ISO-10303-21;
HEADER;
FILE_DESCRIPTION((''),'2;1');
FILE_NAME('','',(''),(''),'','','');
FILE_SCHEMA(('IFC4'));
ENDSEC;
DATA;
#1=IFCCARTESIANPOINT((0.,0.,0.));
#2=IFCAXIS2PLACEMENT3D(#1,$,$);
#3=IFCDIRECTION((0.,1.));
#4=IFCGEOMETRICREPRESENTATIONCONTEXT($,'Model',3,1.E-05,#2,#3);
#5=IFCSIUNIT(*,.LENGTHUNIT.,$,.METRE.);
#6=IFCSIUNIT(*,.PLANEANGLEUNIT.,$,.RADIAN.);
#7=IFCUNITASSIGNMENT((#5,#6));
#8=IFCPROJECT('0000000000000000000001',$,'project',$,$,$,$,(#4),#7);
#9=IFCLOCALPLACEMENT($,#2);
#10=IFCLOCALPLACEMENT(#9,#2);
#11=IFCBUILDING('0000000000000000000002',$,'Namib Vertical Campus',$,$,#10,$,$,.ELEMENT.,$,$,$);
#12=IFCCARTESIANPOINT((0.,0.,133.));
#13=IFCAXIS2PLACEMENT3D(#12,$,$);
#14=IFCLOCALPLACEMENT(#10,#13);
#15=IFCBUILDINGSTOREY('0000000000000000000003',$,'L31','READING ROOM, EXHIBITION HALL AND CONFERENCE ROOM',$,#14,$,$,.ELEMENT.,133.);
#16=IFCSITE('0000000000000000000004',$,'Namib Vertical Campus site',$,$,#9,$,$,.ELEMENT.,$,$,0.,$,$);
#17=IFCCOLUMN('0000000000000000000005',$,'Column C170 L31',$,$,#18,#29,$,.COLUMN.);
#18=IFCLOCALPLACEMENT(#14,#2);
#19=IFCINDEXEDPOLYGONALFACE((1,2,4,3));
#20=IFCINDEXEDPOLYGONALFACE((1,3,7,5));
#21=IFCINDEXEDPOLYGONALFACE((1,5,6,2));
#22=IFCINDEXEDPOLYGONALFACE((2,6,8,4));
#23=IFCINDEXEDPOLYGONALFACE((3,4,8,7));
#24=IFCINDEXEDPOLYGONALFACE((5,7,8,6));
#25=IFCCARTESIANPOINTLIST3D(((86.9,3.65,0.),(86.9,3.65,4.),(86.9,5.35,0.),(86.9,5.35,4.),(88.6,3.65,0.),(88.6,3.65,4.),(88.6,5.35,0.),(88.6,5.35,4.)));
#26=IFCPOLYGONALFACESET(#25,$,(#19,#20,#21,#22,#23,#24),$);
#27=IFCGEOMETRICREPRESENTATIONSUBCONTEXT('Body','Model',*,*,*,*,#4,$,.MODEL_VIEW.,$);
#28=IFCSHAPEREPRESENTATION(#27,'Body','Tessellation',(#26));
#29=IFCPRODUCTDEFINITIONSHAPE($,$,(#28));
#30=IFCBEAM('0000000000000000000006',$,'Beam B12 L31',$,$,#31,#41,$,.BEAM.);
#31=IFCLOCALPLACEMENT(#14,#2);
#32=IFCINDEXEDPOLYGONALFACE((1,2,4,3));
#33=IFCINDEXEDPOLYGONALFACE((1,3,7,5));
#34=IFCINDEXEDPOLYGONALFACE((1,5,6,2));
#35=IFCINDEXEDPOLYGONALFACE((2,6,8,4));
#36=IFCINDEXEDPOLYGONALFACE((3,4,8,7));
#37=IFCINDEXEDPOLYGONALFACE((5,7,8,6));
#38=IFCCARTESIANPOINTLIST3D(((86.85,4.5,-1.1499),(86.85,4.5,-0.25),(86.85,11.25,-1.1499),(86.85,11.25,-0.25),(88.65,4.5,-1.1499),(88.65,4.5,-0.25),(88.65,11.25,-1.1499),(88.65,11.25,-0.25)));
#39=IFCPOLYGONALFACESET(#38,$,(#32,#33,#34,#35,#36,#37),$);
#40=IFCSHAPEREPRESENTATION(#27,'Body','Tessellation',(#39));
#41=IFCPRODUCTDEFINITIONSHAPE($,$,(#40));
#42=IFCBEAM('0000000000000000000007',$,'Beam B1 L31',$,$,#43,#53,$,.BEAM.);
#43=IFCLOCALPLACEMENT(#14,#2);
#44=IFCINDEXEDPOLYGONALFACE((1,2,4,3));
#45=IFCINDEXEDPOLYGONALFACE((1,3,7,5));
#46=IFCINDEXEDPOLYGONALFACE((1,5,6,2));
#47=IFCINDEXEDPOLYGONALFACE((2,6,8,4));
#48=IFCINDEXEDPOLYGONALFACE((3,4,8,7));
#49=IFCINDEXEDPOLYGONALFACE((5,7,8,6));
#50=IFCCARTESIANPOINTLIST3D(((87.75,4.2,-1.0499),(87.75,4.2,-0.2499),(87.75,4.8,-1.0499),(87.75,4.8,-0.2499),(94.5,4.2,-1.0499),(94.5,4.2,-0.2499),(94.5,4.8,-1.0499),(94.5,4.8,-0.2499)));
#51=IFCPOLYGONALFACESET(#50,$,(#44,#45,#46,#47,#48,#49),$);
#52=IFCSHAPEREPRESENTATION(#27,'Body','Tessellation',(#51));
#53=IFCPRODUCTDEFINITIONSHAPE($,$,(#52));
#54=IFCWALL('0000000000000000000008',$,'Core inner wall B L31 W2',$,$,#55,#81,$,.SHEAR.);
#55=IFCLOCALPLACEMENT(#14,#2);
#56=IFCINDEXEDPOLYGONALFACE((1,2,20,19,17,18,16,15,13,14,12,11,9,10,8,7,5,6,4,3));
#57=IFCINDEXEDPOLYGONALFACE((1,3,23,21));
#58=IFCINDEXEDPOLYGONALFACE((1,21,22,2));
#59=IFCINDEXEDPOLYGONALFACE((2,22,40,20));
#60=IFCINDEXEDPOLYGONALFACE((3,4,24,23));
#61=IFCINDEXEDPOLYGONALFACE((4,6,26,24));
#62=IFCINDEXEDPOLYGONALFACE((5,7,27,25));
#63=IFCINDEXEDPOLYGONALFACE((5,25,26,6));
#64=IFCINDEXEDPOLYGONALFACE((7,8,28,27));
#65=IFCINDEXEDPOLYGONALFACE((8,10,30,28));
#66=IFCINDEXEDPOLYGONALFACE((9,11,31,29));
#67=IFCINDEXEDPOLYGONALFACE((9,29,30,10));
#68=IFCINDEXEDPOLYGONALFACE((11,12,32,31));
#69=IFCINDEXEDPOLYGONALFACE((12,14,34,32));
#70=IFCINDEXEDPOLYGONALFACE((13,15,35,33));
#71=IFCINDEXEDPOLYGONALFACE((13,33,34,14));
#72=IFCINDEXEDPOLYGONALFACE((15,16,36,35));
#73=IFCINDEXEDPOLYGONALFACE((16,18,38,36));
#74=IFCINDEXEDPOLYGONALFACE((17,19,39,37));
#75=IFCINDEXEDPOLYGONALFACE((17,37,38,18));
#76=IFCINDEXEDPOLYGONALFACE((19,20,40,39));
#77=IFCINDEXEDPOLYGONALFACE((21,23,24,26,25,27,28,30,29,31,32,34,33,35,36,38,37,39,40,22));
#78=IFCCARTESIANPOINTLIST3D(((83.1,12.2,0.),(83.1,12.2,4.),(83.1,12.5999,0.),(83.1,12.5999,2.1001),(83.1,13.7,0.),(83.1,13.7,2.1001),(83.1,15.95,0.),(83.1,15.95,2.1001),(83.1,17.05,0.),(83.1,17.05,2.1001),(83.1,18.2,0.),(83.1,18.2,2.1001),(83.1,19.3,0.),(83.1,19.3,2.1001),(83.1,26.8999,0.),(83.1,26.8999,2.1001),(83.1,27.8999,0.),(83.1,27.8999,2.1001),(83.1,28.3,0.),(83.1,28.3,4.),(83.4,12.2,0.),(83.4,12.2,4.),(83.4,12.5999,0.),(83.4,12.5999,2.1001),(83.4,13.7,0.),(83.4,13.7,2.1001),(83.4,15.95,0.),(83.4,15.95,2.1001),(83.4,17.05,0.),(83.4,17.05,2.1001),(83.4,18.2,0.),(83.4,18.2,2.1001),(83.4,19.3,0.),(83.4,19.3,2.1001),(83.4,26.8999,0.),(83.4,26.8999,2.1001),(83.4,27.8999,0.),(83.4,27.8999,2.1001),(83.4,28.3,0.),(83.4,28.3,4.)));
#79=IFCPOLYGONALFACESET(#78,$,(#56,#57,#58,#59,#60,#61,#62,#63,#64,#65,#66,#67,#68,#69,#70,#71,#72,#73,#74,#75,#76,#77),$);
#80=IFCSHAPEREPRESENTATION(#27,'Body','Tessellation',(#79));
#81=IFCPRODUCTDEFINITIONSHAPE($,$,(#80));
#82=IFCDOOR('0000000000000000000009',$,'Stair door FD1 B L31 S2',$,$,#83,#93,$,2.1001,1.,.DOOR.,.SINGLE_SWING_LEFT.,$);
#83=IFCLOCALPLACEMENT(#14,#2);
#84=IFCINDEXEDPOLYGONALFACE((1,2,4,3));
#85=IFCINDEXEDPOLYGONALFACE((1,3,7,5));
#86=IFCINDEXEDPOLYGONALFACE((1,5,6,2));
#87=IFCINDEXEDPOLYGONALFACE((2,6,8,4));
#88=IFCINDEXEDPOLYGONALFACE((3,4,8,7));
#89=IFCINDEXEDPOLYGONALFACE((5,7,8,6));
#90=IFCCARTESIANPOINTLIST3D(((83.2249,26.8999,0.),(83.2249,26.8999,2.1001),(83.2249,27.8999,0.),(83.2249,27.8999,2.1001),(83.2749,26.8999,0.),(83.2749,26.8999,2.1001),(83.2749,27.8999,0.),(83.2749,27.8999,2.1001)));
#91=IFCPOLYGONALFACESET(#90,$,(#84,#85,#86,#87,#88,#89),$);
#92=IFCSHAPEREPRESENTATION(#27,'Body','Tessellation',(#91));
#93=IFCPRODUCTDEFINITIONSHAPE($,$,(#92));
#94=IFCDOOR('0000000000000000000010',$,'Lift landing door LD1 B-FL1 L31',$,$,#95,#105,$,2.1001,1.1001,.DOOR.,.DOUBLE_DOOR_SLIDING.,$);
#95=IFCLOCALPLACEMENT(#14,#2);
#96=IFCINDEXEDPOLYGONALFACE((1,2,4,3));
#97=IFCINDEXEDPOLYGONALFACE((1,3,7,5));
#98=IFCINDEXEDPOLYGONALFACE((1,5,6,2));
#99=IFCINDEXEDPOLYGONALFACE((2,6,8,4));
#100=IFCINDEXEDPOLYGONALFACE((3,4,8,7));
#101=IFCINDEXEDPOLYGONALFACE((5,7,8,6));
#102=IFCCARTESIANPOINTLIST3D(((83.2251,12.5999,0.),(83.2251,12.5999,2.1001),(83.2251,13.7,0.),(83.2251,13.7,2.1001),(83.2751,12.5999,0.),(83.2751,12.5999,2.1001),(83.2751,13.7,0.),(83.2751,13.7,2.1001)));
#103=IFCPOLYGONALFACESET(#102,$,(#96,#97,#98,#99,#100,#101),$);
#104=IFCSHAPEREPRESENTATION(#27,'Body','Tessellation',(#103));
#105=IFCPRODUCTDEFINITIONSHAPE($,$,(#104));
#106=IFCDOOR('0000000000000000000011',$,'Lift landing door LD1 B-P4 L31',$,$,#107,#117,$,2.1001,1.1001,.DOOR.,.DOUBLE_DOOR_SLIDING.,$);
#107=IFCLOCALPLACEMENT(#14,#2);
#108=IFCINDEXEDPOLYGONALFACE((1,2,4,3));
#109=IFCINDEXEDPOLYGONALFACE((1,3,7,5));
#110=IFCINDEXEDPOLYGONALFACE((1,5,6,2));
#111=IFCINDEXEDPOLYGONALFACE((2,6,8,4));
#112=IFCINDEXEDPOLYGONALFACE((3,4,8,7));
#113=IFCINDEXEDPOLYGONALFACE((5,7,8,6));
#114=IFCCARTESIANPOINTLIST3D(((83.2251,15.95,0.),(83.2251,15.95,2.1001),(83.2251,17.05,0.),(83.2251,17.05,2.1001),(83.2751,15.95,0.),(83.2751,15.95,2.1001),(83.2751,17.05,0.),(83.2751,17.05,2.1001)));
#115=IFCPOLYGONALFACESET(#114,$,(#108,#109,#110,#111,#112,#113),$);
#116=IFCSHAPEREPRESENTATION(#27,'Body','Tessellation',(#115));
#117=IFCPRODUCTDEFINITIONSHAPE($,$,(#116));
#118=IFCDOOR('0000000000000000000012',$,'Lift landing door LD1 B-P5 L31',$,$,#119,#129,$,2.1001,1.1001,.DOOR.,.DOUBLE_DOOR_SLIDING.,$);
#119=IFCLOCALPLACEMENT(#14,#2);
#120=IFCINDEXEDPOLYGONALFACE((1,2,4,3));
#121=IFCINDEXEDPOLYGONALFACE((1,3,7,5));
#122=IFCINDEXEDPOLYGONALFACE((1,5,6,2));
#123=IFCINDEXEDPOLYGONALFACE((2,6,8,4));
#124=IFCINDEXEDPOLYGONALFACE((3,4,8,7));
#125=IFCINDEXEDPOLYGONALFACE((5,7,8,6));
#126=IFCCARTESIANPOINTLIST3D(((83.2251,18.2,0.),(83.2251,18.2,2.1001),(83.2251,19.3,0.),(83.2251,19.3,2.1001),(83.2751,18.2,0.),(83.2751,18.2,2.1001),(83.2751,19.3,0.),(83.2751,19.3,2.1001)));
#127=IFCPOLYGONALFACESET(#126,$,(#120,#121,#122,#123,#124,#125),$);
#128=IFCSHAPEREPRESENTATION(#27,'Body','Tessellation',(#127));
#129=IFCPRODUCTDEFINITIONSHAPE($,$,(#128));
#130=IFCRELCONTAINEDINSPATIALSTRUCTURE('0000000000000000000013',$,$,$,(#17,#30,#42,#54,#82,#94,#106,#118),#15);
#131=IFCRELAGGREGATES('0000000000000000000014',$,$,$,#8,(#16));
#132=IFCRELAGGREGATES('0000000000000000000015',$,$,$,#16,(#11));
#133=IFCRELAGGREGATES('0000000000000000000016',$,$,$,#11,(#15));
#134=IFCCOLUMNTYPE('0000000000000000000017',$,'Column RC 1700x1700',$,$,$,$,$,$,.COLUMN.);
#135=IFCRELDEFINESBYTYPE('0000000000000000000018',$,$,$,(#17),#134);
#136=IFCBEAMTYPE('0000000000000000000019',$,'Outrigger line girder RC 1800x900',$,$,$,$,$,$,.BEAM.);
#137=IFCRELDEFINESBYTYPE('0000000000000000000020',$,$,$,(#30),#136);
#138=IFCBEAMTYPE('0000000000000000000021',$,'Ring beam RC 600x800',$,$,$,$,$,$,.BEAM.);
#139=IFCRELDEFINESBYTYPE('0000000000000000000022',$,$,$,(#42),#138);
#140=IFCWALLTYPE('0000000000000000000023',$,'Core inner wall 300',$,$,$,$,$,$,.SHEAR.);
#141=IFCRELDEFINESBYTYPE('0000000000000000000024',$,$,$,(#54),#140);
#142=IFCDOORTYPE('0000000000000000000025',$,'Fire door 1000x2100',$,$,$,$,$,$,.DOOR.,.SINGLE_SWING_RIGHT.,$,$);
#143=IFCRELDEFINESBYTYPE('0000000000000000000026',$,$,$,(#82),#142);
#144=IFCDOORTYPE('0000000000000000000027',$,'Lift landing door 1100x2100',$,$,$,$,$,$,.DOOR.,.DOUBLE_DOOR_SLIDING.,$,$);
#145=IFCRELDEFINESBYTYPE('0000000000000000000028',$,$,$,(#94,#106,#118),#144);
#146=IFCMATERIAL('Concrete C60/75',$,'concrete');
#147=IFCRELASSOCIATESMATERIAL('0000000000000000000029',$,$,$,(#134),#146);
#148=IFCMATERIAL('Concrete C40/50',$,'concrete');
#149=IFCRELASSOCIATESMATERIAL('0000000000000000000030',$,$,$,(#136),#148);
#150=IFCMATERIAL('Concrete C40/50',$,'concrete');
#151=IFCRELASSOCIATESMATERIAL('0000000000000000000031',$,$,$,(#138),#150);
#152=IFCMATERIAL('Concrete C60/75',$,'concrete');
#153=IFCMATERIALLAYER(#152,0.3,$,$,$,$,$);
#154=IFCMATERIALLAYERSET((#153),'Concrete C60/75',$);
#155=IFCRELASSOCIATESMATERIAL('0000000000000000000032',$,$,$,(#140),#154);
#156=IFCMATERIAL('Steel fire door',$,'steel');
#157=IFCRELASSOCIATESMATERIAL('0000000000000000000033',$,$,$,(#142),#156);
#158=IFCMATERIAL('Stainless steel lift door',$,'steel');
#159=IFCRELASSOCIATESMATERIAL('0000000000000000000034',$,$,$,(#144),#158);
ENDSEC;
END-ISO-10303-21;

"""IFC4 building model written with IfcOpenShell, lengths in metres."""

from ifc_helpers import new_model, si_unit, direction, frame, frame_2d, origin, origin_2d, place, context, subcontext, project, spatial, rectangle, extrude, material, layer, layer_set, material_profile, profile_set, type_object, element, fill, save


model = new_model("IFC4")

# Units and contexts
model_context = context("Model", 3, precision=1e-05, world=origin(), true_north=direction((0.0, 1.0)))
body_context = subcontext(model_context, "Body", "Model", "MODEL_VIEW")
ifc_project = project(units=[si_unit("LENGTHUNIT", "METRE"), si_unit("PLANEANGLEUNIT", "RADIAN")], contexts=[model_context])

# Site, building, storey
site_placement = place(None, origin())
site = spatial("IfcSite", under=ifc_project, at=site_placement, Name="Namib Vertical Campus site", CompositionType="ELEMENT", RefElevation=0.0)
building_placement = place(site_placement, origin())
building = spatial("IfcBuilding", under=site, at=building_placement, Name="Namib Vertical Campus", CompositionType="ELEMENT")
storey_placement = place(building_placement, frame((0.0, 0.0, 133.0)))
storey = spatial("IfcBuildingStorey", under=building, at=storey_placement, Name="L31", Description="READING ROOM, EXHIBITION HALL AND CONFERENCE ROOM", CompositionType="ELEMENT", Elevation=133.0)

# Column
ifc_material_1 = material(Name="Concrete C60/75", Category="concrete")
ifc_material_profile_1 = material_profile(ifc_material_1, rectangle(XDim=1.7, YDim=1.7, at=origin_2d()))
ifc_profile_set_1 = profile_set([ifc_material_profile_1], Name="Concrete C60/75")
column_type = type_object("IfcColumnType", Name="Column RC 1700x1700", PredefinedType="COLUMN", material=ifc_profile_set_1)
column_placement = place(storey_placement, frame((87.75, 4.5, 0.0), z_axis=(0.0, 0.0, 1.0), x_axis=(1.0, 0.0, 0.0)))
element("IfcColumn", 1, at=column_placement, inside=storey, type_object=column_type, Name="Column C170 L31", PredefinedType="COLUMN", context=body_context, shape_type="SweptSolid", body=[
    extrude(rectangle(XDim=1.7, YDim=1.7, at=origin_2d()), origin(), (0.0, 0.0, 1.0), 4.0),
])

# Beams
ifc_material_2 = material(Name="Concrete C40/50", Category="concrete")
ifc_material_profile_2 = material_profile(ifc_material_2, rectangle(XDim=1.8, YDim=0.8999, at=origin_2d()))
ifc_profile_set_2 = profile_set([ifc_material_profile_2], Name="Concrete C40/50")
beam_type_1 = type_object("IfcBeamType", Name="Outrigger line girder RC 1800x900", PredefinedType="BEAM", material=ifc_profile_set_2)
beam_1_placement = place(storey_placement, frame((87.75, 4.5, -0.7), z_axis=(0.0, 1.0, 0.0), x_axis=(-1.0, 0.0, 0.0)))
element("IfcBeam", 2, at=beam_1_placement, inside=storey, type_object=beam_type_1, Name="Beam B12 L31", PredefinedType="BEAM", context=body_context, shape_type="SweptSolid", body=[
    extrude(rectangle(XDim=1.8, YDim=0.8999, at=origin_2d()), origin(), (0.0, 0.0, 1.0), 6.75),
])
ifc_material_3 = material(Name="Concrete C40/50", Category="concrete")
ifc_material_profile_3 = material_profile(ifc_material_3, rectangle(XDim=0.6001, YDim=0.8, at=origin_2d()))
ifc_profile_set_3 = profile_set([ifc_material_profile_3], Name="Concrete C40/50")
beam_type_2 = type_object("IfcBeamType", Name="Ring beam RC 600x800", PredefinedType="BEAM", material=ifc_profile_set_3)
beam_2_placement = place(storey_placement, frame((87.75, 4.5, -0.6499), z_axis=(1.0, 0.0, 0.0), x_axis=(0.0, 1.0, 0.0)))
element("IfcBeam", 3, at=beam_2_placement, inside=storey, type_object=beam_type_2, Name="Beam B1 L31", PredefinedType="BEAM", context=body_context, shape_type="SweptSolid", body=[
    extrude(rectangle(XDim=0.6001, YDim=0.8, at=origin_2d()), origin(), (0.0, 0.0, 1.0), 6.75),
])

# Wall, openings, doors
ifc_material_4 = material(Name="Concrete C60/75", Category="concrete")
ifc_layer_1 = layer(ifc_material_4, 0.3)
ifc_layer_set_1 = layer_set([ifc_layer_1], Name="Concrete C60/75")
wall_type_1 = type_object("IfcWallType", Name="Core inner wall 300", PredefinedType="SHEAR", material=ifc_layer_set_1)
wall_1_placement = place(storey_placement, frame((83.25, 12.2, 0.0), z_axis=(0.0, 0.0, 1.0), x_axis=(0.0, 1.0, 0.0)))
wall_1 = element("IfcWall", 4, at=wall_1_placement, inside=storey, type_object=wall_type_1, Name="Core inner wall B L31 W2", PredefinedType="SHEAR", context=body_context, shape_type="SweptSolid", body=[
    extrude(rectangle(XDim=16.1001, YDim=0.3, at=frame_2d((8.05, 0.0))), origin(), (0.0, 0.0, 1.0), 4.0),
])
opening_1_placement = place(wall_1_placement, frame((14.7, 0.0, 0.0)))
opening_1 = element("IfcOpeningElement", 5, at=opening_1_placement, cuts=wall_1, PredefinedType="OPENING", context=body_context, shape_type="SweptSolid", body=[
    extrude(rectangle(XDim=1.0, YDim=2.1001, at=frame_2d((0.5, 1.05))), frame((0.0, 0.1599, 0.0), z_axis=(0.0, -1.0, 0.0), x_axis=(1.0, 0.0, 0.0)), (0.0, 0.0, 1.0), 0.3201),
])
opening_2_placement = place(wall_1_placement, frame((0.3999, 0.0, 0.0)))
opening_2 = element("IfcOpeningElement", 6, at=opening_2_placement, cuts=wall_1, PredefinedType="OPENING", context=body_context, shape_type="SweptSolid", body=[
    extrude(rectangle(XDim=1.1001, YDim=2.1001, at=frame_2d((0.55, 1.05))), frame((0.0, 0.1599, 0.0), z_axis=(0.0, -1.0, 0.0), x_axis=(1.0, 0.0, 0.0)), (0.0, 0.0, 1.0), 0.3201),
])
opening_3_placement = place(wall_1_placement, frame((3.75, 0.0, 0.0)))
opening_3 = element("IfcOpeningElement", 7, at=opening_3_placement, cuts=wall_1, PredefinedType="OPENING", context=body_context, shape_type="SweptSolid", body=[
    extrude(rectangle(XDim=1.1001, YDim=2.1001, at=frame_2d((0.55, 1.05))), frame((0.0, 0.1599, 0.0), z_axis=(0.0, -1.0, 0.0), x_axis=(1.0, 0.0, 0.0)), (0.0, 0.0, 1.0), 0.3201),
])
opening_4_placement = place(wall_1_placement, frame((6.0, 0.0, 0.0)))
opening_4 = element("IfcOpeningElement", 8, at=opening_4_placement, cuts=wall_1, PredefinedType="OPENING", context=body_context, shape_type="SweptSolid", body=[
    extrude(rectangle(XDim=1.1001, YDim=2.1001, at=frame_2d((0.55, 1.05))), frame((0.0, 0.1599, 0.0), z_axis=(0.0, -1.0, 0.0), x_axis=(1.0, 0.0, 0.0)), (0.0, 0.0, 1.0), 0.3201),
])
ifc_material_5 = material(Name="Steel fire door", Category="steel")
door_type_1 = type_object("IfcDoorType", Name="Fire door 1000x2100", OperationType="SINGLE_SWING_RIGHT", PredefinedType="DOOR", material=ifc_material_5)
door_1_placement = place(opening_1_placement, frame((1.0, 0.0, 0.0), z_axis=(0.0, 0.0, 1.0), x_axis=(-1.0, 0.0, 0.0)))
door_1 = element("IfcDoor", 9, at=door_1_placement, inside=storey, type_object=door_type_1, Name="Stair door FD1 B L31 S2", OperationType="SINGLE_SWING_LEFT", OverallHeight=2.1001, OverallWidth=1.0, PredefinedType="DOOR", context=body_context, shape_type="SweptSolid", body=[
    extrude(rectangle(XDim=1.0, YDim=2.1001, at=frame_2d((0.5, 1.05))), frame((0.0, 0.0249, 0.0), z_axis=(0.0, -1.0, 0.0), x_axis=(1.0, 0.0, 0.0)), (0.0, 0.0, 1.0), 0.05),
])
fill(opening_1, door_1)
ifc_material_6 = material(Name="Stainless steel lift door", Category="steel")
door_type_2 = type_object("IfcDoorType", Name="Lift landing door 1100x2100", OperationType="DOUBLE_DOOR_SLIDING", PredefinedType="DOOR", material=ifc_material_6)
door_2_placement = place(opening_2_placement, origin())
door_2 = element("IfcDoor", 10, at=door_2_placement, inside=storey, type_object=door_type_2, Name="Lift landing door LD1 B-FL1 L31", OperationType="DOUBLE_DOOR_SLIDING", OverallHeight=2.1001, OverallWidth=1.1001, PredefinedType="DOOR", context=body_context, shape_type="SweptSolid", body=[
    extrude(rectangle(XDim=1.1001, YDim=2.1001, at=frame_2d((0.55, 1.05))), frame((0.0, 0.0249, 0.0), z_axis=(0.0, -1.0, 0.0), x_axis=(1.0, 0.0, 0.0)), (0.0, 0.0, 1.0), 0.05),
])
fill(opening_2, door_2)
door_3_placement = place(opening_3_placement, origin())
door_3 = element("IfcDoor", 11, at=door_3_placement, inside=storey, type_object=door_type_2, Name="Lift landing door LD1 B-P4 L31", OperationType="DOUBLE_DOOR_SLIDING", OverallHeight=2.1001, OverallWidth=1.1001, PredefinedType="DOOR", context=body_context, shape_type="SweptSolid", body=[
    extrude(rectangle(XDim=1.1001, YDim=2.1001, at=frame_2d((0.55, 1.05))), frame((0.0, 0.0249, 0.0), z_axis=(0.0, -1.0, 0.0), x_axis=(1.0, 0.0, 0.0)), (0.0, 0.0, 1.0), 0.05),
])
fill(opening_3, door_3)
door_4_placement = place(opening_4_placement, origin())
door_4 = element("IfcDoor", 12, at=door_4_placement, inside=storey, type_object=door_type_2, Name="Lift landing door LD1 B-P5 L31", OperationType="DOUBLE_DOOR_SLIDING", OverallHeight=2.1001, OverallWidth=1.1001, PredefinedType="DOOR", context=body_context, shape_type="SweptSolid", body=[
    extrude(rectangle(XDim=1.1001, YDim=2.1001, at=frame_2d((0.55, 1.05))), frame((0.0, 0.0249, 0.0), z_axis=(0.0, -1.0, 0.0), x_axis=(1.0, 0.0, 0.0)), (0.0, 0.0, 1.0), 0.05),
])
fill(opening_4, door_4)

save(model, "model.ifc")
